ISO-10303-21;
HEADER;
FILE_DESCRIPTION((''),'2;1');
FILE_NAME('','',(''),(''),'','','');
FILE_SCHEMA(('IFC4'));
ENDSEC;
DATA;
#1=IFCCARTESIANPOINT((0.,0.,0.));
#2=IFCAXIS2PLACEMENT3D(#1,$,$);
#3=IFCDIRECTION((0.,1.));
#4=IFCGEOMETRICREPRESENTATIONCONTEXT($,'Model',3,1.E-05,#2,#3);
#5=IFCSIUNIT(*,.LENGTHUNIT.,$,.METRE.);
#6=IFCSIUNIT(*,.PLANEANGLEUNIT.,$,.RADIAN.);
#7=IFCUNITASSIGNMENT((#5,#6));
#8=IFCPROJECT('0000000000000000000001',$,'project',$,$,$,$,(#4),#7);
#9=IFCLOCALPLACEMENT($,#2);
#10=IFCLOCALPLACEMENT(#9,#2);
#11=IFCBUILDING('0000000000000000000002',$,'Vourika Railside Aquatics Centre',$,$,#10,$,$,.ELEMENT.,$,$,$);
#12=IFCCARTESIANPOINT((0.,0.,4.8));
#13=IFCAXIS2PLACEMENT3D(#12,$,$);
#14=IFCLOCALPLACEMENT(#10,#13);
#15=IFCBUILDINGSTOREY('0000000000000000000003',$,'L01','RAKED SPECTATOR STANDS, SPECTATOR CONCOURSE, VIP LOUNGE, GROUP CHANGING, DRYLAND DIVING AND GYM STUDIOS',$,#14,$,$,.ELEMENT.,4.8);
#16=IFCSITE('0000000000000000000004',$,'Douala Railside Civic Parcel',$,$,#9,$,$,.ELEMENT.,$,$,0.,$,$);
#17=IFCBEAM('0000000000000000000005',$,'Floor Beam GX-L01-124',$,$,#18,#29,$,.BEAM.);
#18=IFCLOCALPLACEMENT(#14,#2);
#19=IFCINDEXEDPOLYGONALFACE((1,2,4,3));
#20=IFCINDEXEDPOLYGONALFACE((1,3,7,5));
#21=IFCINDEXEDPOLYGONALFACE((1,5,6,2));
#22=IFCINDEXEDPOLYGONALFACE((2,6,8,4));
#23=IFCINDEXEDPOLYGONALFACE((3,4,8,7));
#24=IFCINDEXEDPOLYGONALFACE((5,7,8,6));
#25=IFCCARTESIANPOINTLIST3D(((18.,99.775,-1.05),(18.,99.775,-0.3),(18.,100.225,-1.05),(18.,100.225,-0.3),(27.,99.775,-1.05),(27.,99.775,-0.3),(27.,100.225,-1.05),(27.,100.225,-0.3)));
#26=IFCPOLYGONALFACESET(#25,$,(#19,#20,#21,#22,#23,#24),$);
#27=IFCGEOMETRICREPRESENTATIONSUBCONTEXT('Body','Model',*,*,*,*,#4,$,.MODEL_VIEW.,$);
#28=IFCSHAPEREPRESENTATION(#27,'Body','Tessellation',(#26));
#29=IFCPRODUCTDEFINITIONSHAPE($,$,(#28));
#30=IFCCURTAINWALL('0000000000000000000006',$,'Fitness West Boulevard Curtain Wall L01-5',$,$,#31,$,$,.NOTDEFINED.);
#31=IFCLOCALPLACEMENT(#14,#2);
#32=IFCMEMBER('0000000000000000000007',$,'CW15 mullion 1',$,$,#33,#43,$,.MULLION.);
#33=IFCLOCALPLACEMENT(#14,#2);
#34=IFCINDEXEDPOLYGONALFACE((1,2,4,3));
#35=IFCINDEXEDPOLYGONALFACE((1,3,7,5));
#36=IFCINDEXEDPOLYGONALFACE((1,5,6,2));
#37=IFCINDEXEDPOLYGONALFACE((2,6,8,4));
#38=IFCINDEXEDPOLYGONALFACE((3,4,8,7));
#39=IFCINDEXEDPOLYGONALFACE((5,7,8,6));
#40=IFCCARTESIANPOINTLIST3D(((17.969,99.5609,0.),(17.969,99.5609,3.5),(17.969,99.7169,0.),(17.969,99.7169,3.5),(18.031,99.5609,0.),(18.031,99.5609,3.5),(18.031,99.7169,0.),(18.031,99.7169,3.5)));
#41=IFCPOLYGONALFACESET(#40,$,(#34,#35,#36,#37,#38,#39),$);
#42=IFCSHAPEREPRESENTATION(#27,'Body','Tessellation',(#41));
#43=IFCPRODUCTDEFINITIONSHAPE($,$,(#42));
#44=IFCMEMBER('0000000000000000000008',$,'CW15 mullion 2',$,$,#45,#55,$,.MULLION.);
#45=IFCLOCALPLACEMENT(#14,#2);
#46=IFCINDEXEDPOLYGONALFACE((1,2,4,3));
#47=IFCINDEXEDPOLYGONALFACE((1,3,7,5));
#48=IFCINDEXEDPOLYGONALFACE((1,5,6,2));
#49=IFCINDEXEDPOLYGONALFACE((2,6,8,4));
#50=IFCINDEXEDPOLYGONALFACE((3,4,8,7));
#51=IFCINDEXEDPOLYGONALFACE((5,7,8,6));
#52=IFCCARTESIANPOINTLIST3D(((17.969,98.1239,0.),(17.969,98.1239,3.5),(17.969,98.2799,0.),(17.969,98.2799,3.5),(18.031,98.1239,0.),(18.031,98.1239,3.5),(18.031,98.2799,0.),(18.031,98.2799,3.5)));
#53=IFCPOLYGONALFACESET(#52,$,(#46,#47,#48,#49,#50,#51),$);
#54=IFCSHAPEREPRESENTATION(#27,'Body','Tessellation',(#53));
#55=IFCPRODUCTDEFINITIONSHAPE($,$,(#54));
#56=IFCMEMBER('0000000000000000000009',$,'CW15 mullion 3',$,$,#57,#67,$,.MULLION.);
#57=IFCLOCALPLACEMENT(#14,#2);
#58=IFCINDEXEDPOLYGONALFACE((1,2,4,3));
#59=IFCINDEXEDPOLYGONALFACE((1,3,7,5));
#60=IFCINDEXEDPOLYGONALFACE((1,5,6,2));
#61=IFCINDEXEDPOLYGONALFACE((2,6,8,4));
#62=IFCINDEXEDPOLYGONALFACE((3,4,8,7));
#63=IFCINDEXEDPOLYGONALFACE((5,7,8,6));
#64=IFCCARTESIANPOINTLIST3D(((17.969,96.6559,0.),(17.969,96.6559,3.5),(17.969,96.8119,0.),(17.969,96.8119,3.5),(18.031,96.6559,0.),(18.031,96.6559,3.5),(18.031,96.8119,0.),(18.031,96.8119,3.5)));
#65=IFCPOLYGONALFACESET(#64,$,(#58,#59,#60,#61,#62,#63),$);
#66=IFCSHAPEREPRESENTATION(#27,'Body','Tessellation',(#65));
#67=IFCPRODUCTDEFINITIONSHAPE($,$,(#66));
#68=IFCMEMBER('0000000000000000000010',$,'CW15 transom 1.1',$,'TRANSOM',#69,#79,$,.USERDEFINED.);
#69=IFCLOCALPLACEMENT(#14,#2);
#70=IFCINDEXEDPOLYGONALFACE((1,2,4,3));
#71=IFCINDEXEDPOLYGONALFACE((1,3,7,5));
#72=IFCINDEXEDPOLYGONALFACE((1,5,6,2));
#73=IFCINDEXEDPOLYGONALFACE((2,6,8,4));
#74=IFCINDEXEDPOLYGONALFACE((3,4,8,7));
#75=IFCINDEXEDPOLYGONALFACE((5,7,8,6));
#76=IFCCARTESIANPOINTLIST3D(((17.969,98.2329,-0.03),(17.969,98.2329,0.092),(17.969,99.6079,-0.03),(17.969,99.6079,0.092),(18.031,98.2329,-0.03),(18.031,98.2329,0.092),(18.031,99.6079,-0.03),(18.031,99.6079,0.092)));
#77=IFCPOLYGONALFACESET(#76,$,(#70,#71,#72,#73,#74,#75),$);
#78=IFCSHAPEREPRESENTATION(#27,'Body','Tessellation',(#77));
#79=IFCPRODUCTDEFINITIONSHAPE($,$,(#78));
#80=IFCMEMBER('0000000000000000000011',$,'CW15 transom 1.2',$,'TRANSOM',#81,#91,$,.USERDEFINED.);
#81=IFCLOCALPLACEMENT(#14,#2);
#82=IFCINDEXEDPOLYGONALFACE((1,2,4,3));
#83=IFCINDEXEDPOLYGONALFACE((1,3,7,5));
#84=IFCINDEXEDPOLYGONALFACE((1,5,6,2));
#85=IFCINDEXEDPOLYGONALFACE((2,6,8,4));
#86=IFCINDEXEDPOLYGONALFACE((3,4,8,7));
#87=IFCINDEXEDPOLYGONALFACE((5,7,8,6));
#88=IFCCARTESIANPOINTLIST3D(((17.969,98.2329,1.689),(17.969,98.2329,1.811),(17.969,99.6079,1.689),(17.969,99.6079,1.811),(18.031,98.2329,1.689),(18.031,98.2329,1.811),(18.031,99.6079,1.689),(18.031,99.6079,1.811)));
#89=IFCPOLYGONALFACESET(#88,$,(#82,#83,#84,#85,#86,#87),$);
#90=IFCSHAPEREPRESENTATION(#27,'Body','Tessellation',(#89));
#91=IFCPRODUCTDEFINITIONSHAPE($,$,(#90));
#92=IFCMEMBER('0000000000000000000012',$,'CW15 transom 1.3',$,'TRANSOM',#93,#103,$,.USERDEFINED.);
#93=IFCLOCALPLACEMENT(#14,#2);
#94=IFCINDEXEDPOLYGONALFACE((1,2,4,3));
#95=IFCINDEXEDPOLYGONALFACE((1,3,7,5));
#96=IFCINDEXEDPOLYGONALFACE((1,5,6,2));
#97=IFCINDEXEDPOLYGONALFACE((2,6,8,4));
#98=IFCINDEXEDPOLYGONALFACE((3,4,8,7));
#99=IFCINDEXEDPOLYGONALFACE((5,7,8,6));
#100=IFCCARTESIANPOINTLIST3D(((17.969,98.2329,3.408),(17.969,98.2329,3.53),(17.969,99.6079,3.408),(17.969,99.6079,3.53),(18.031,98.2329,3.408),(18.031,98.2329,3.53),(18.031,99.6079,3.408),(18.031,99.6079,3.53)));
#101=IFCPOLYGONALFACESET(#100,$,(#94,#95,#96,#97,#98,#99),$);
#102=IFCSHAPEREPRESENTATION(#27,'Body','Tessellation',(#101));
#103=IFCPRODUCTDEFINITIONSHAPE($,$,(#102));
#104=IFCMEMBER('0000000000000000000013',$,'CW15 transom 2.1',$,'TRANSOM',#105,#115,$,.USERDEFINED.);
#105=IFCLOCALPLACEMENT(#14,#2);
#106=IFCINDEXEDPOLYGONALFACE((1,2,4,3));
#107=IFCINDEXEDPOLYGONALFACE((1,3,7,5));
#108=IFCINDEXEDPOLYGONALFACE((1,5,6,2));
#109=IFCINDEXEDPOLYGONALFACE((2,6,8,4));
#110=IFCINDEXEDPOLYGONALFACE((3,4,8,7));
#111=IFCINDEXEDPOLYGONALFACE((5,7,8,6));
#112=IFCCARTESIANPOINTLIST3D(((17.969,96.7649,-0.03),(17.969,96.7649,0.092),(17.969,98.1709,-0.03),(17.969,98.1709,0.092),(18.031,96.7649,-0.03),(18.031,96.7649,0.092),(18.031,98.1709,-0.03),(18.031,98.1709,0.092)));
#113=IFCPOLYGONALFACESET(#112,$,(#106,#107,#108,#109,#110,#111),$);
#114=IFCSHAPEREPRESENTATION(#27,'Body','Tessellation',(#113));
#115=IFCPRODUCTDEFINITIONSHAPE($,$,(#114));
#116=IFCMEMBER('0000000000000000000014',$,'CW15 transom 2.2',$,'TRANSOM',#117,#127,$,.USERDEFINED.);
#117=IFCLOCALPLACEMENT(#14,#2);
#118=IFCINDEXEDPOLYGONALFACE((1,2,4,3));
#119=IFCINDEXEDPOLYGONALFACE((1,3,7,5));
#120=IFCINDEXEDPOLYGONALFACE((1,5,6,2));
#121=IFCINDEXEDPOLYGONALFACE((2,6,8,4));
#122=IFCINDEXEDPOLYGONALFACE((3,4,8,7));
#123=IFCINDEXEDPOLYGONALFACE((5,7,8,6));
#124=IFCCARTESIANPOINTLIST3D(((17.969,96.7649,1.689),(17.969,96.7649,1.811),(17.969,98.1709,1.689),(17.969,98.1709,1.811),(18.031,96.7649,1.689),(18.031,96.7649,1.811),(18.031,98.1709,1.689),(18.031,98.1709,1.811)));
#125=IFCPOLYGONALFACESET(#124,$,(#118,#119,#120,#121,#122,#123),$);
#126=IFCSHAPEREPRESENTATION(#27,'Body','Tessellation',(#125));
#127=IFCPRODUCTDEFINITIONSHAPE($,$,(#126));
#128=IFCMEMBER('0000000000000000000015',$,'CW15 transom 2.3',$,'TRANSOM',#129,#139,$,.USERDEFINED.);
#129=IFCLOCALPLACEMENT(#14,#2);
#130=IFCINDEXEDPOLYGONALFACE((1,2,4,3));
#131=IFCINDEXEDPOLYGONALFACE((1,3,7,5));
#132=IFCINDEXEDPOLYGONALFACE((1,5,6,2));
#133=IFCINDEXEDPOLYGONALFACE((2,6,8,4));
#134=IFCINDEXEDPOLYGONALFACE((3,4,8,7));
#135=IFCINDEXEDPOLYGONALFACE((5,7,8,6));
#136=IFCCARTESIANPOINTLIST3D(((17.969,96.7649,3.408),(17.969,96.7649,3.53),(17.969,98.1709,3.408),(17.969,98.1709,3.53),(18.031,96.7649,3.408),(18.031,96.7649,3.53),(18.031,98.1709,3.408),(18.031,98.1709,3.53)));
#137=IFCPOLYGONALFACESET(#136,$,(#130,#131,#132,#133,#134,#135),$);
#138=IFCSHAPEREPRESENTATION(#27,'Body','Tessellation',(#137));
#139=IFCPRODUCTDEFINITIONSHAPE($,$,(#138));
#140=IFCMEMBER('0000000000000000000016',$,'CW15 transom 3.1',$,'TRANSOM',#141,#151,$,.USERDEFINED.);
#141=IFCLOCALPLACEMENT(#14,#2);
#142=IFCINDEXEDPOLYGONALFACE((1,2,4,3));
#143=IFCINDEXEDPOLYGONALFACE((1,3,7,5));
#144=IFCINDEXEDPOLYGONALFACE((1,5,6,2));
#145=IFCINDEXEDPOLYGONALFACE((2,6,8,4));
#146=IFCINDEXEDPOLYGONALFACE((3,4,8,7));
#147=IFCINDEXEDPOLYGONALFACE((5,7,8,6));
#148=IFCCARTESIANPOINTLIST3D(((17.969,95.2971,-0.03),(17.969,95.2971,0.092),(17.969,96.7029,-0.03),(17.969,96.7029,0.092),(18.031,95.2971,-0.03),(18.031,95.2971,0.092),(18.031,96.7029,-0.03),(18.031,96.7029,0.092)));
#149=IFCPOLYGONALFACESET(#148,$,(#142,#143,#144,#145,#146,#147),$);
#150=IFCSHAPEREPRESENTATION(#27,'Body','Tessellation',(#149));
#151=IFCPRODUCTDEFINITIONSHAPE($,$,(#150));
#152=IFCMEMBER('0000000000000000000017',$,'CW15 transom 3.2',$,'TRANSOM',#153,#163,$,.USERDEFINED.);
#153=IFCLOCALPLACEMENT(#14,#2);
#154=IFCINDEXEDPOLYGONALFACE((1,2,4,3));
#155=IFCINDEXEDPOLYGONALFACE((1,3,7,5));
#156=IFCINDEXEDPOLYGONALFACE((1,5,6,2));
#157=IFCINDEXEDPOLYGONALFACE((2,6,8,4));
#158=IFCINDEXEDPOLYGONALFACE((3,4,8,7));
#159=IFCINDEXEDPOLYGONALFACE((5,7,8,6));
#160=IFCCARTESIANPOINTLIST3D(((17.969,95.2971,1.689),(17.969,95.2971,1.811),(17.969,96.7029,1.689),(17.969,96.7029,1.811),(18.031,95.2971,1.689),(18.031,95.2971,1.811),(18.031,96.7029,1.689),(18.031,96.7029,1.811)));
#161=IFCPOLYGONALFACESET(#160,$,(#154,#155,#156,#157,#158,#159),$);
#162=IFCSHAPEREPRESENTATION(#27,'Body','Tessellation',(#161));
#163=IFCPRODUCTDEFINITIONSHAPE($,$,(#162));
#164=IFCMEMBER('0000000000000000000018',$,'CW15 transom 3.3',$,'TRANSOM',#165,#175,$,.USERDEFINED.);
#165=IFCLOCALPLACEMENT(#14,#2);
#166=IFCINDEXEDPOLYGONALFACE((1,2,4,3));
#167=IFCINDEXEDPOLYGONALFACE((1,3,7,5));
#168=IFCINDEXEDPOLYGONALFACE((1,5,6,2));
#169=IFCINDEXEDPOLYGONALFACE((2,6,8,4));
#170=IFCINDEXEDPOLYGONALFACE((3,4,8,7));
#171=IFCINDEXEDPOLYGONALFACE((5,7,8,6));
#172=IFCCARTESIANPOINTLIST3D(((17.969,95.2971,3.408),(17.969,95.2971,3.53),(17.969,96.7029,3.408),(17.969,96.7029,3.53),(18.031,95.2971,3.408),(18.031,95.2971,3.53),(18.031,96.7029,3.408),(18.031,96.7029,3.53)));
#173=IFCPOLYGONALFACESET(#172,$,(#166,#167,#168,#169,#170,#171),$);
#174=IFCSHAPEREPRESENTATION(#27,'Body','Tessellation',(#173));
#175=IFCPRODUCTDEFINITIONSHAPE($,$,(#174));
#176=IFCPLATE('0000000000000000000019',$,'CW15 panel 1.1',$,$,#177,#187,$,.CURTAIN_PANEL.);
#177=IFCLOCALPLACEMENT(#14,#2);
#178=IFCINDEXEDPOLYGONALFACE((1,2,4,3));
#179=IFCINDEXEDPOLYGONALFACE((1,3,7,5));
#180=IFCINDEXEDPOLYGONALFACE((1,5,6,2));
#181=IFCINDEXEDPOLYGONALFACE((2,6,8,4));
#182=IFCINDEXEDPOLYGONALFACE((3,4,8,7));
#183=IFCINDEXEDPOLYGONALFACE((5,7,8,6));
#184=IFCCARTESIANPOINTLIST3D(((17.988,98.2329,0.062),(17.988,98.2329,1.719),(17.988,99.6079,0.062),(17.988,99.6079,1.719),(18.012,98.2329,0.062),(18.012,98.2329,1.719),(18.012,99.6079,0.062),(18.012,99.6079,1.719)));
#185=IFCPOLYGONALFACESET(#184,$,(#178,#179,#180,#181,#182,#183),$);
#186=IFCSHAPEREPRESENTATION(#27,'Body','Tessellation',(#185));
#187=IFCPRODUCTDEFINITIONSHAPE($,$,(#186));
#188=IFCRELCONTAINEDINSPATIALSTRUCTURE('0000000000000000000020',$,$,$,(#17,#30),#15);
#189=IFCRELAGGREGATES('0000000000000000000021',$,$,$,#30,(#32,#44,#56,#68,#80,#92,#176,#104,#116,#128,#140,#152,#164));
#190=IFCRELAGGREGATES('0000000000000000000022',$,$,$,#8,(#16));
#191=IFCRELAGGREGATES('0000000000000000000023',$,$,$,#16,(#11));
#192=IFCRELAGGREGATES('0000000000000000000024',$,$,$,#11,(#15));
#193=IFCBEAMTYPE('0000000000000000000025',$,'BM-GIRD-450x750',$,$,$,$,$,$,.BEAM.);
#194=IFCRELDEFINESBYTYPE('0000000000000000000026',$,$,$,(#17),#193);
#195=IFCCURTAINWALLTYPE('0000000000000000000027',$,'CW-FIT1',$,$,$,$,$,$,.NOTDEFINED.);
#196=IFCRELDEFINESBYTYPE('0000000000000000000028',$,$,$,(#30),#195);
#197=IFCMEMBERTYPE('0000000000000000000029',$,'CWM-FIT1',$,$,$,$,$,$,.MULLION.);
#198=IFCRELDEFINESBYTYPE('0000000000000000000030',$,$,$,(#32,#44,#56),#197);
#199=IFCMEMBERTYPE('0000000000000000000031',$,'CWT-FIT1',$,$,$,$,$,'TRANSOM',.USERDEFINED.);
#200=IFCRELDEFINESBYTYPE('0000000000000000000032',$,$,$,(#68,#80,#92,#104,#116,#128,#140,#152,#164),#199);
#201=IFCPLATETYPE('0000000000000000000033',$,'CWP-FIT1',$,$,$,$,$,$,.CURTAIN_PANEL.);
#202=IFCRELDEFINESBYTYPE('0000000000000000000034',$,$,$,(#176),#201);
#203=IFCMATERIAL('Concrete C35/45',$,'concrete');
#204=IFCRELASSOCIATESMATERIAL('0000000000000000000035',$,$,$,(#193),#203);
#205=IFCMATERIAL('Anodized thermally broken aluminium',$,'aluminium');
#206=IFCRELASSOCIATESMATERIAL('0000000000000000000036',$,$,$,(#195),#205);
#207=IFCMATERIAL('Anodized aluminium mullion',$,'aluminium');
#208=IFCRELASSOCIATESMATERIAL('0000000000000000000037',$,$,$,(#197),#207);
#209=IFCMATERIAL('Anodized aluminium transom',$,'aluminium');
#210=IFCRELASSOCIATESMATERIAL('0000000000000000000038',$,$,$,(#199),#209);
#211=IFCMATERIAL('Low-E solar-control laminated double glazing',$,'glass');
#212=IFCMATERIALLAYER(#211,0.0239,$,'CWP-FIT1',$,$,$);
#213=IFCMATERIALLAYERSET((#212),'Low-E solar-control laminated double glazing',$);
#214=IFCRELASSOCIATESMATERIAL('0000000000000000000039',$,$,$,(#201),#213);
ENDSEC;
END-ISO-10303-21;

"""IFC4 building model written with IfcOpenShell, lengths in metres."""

from ifc_helpers import new_model, si_unit, direction, frame, origin, origin_2d, place, context, subcontext, project, spatial, rectangle, extrude, material, layer, layer_set, material_profile, profile_set, type_object, element, aggregate, save


model = new_model("IFC4")

# Units and contexts
model_context = context("Model", 3, precision=1e-05, world=origin(), true_north=direction((0.0, 1.0)))
body_context = subcontext(model_context, "Body", "Model", "MODEL_VIEW")
ifc_project = project(units=[si_unit("LENGTHUNIT", "METRE"), si_unit("PLANEANGLEUNIT", "RADIAN")], contexts=[model_context])

# Site, building, storey
site_placement = place(None, origin())
site = spatial("IfcSite", under=ifc_project, at=site_placement, Name="Douala Railside Civic Parcel", CompositionType="ELEMENT", RefElevation=0.0)
building_placement = place(site_placement, origin())
building = spatial("IfcBuilding", under=site, at=building_placement, Name="Vourika Railside Aquatics Centre", CompositionType="ELEMENT")
storey_placement = place(building_placement, frame((0.0, 0.0, 4.8)))
storey = spatial("IfcBuildingStorey", under=building, at=storey_placement, Name="L01", Description="RAKED SPECTATOR STANDS, SPECTATOR CONCOURSE, VIP LOUNGE, GROUP CHANGING, DRYLAND DIVING AND GYM STUDIOS", CompositionType="ELEMENT", Elevation=4.8)

# Beam
ifc_material_1 = material(Name="Concrete C35/45", Category="concrete")
ifc_material_profile_1 = material_profile(ifc_material_1, rectangle(XDim=0.45, YDim=0.75, at=origin_2d()), Name="RC 450x750")
ifc_profile_set_1 = profile_set([ifc_material_profile_1], Name="Concrete C35/45")
beam_type = type_object("IfcBeamType", Name="BM-GIRD-450x750", PredefinedType="BEAM", material=ifc_profile_set_1)
beam_placement = place(storey_placement, frame((18.0, 100.0, -0.675), z_axis=(1.0, 0.0, 0.0), x_axis=(0.0, 1.0, 0.0)))
element("IfcBeam", 1, at=beam_placement, inside=storey, type_object=beam_type, Name="Floor Beam GX-L01-124", PredefinedType="BEAM", context=body_context, shape_type="SweptSolid", body=[
    extrude(rectangle(XDim=0.45, YDim=0.75, at=origin_2d()), origin(), (0.0, 0.0, 1.0), 9.0),
])

# Curtain wall, members, plate
ifc_material_2 = material(Name="Anodized thermally broken aluminium", Category="aluminium")
curtain_wall_type = type_object("IfcCurtainWallType", Name="CW-FIT1", PredefinedType="NOTDEFINED", material=ifc_material_2)
curtain_wall_placement = place(storey_placement, origin())
curtain_wall = element("IfcCurtainWall", 2, at=curtain_wall_placement, inside=storey, type_object=curtain_wall_type, Name="Fitness West Boulevard Curtain Wall L01-5", PredefinedType="NOTDEFINED")
ifc_material_3 = material(Name="Anodized aluminium mullion", Category="aluminium")
ifc_material_profile_2 = material_profile(ifc_material_3, rectangle(XDim=0.062, YDim=0.156, at=origin_2d()), Name="ALU-M 62x156")
ifc_profile_set_2 = profile_set([ifc_material_profile_2], Name="Anodized aluminium mullion")
member_type_1 = type_object("IfcMemberType", Name="CWM-FIT1", PredefinedType="MULLION", material=ifc_profile_set_2)
member_1_placement = place(storey_placement, frame((18.0, 99.6389, 0.0), z_axis=(0.0, 0.0, 1.0), x_axis=(1.0, 0.0, 0.0)))
member_1 = element("IfcMember", 3, at=member_1_placement, type_object=member_type_1, Name="CW15 mullion 1", PredefinedType="MULLION", context=body_context, shape_type="SweptSolid", body=[
    extrude(rectangle(XDim=0.062, YDim=0.156, at=origin_2d()), origin(), (0.0, 0.0, 1.0), 3.5),
])
member_2_placement = place(storey_placement, frame((18.0, 98.2019, 0.0), z_axis=(0.0, 0.0, 1.0), x_axis=(1.0, 0.0, 0.0)))
member_2 = element("IfcMember", 4, at=member_2_placement, type_object=member_type_1, Name="CW15 mullion 2", PredefinedType="MULLION", context=body_context, shape_type="SweptSolid", body=[
    extrude(rectangle(XDim=0.062, YDim=0.156, at=origin_2d()), origin(), (0.0, 0.0, 1.0), 3.5),
])
member_3_placement = place(storey_placement, frame((18.0, 96.7339, 0.0), z_axis=(0.0, 0.0, 1.0), x_axis=(1.0, 0.0, 0.0)))
member_3 = element("IfcMember", 5, at=member_3_placement, type_object=member_type_1, Name="CW15 mullion 3", PredefinedType="MULLION", context=body_context, shape_type="SweptSolid", body=[
    extrude(rectangle(XDim=0.062, YDim=0.156, at=origin_2d()), origin(), (0.0, 0.0, 1.0), 3.5),
])
ifc_material_4 = material(Name="Anodized aluminium transom", Category="aluminium")
ifc_material_profile_3 = material_profile(ifc_material_4, rectangle(XDim=0.062, YDim=0.1221, at=origin_2d()), Name="ALU-T 62x122")
ifc_profile_set_3 = profile_set([ifc_material_profile_3], Name="Anodized aluminium transom")
member_type_2 = type_object("IfcMemberType", Name="CWT-FIT1", ElementType="TRANSOM", PredefinedType="USERDEFINED", material=ifc_profile_set_3)
member_4_placement = place(storey_placement, frame((18.0, 99.6079, 0.031), z_axis=(0.0, -1.0, 0.0), x_axis=(1.0, 0.0, 0.0)))
member_4 = element("IfcMember", 6, at=member_4_placement, type_object=member_type_2, Name="CW15 transom 1.1", ObjectType="TRANSOM", PredefinedType="USERDEFINED", context=body_context, shape_type="SweptSolid", body=[
    extrude(rectangle(XDim=0.062, YDim=0.1221, at=origin_2d()), origin(), (0.0, 0.0, 1.0), 1.375),
])
member_5_placement = place(storey_placement, frame((18.0, 99.6079, 1.75), z_axis=(0.0, -1.0, 0.0), x_axis=(1.0, 0.0, 0.0)))
member_5 = element("IfcMember", 7, at=member_5_placement, type_object=member_type_2, Name="CW15 transom 1.2", ObjectType="TRANSOM", PredefinedType="USERDEFINED", context=body_context, shape_type="SweptSolid", body=[
    extrude(rectangle(XDim=0.062, YDim=0.1221, at=origin_2d()), origin(), (0.0, 0.0, 1.0), 1.375),
])
member_6_placement = place(storey_placement, frame((18.0, 99.6079, 3.469), z_axis=(0.0, -1.0, 0.0), x_axis=(1.0, 0.0, 0.0)))
member_6 = element("IfcMember", 8, at=member_6_placement, type_object=member_type_2, Name="CW15 transom 1.3", ObjectType="TRANSOM", PredefinedType="USERDEFINED", context=body_context, shape_type="SweptSolid", body=[
    extrude(rectangle(XDim=0.062, YDim=0.1221, at=origin_2d()), origin(), (0.0, 0.0, 1.0), 1.375),
])
member_7_placement = place(storey_placement, frame((18.0, 98.1709, 0.031), z_axis=(0.0, -1.0, 0.0), x_axis=(1.0, 0.0, 0.0)))
member_7 = element("IfcMember", 9, at=member_7_placement, type_object=member_type_2, Name="CW15 transom 2.1", ObjectType="TRANSOM", PredefinedType="USERDEFINED", context=body_context, shape_type="SweptSolid", body=[
    extrude(rectangle(XDim=0.062, YDim=0.1221, at=origin_2d()), origin(), (0.0, 0.0, 1.0), 1.406),
])
member_8_placement = place(storey_placement, frame((18.0, 98.1709, 1.75), z_axis=(0.0, -1.0, 0.0), x_axis=(1.0, 0.0, 0.0)))
member_8 = element("IfcMember", 10, at=member_8_placement, type_object=member_type_2, Name="CW15 transom 2.2", ObjectType="TRANSOM", PredefinedType="USERDEFINED", context=body_context, shape_type="SweptSolid", body=[
    extrude(rectangle(XDim=0.062, YDim=0.1221, at=origin_2d()), origin(), (0.0, 0.0, 1.0), 1.406),
])
member_9_placement = place(storey_placement, frame((18.0, 98.1709, 3.469), z_axis=(0.0, -1.0, 0.0), x_axis=(1.0, 0.0, 0.0)))
member_9 = element("IfcMember", 11, at=member_9_placement, type_object=member_type_2, Name="CW15 transom 2.3", ObjectType="TRANSOM", PredefinedType="USERDEFINED", context=body_context, shape_type="SweptSolid", body=[
    extrude(rectangle(XDim=0.062, YDim=0.1221, at=origin_2d()), origin(), (0.0, 0.0, 1.0), 1.406),
])
member_10_placement = place(storey_placement, frame((18.0, 96.7029, 0.031), z_axis=(0.0, -1.0, 0.0), x_axis=(1.0, 0.0, 0.0)))
member_10 = element("IfcMember", 12, at=member_10_placement, type_object=member_type_2, Name="CW15 transom 3.1", ObjectType="TRANSOM", PredefinedType="USERDEFINED", context=body_context, shape_type="SweptSolid", body=[
    extrude(rectangle(XDim=0.062, YDim=0.1221, at=origin_2d()), origin(), (0.0, 0.0, 1.0), 1.4058),
])
member_11_placement = place(storey_placement, frame((18.0, 96.7029, 1.75), z_axis=(0.0, -1.0, 0.0), x_axis=(1.0, 0.0, 0.0)))
member_11 = element("IfcMember", 13, at=member_11_placement, type_object=member_type_2, Name="CW15 transom 3.2", ObjectType="TRANSOM", PredefinedType="USERDEFINED", context=body_context, shape_type="SweptSolid", body=[
    extrude(rectangle(XDim=0.062, YDim=0.1221, at=origin_2d()), origin(), (0.0, 0.0, 1.0), 1.4058),
])
member_12_placement = place(storey_placement, frame((18.0, 96.7029, 3.469), z_axis=(0.0, -1.0, 0.0), x_axis=(1.0, 0.0, 0.0)))
member_12 = element("IfcMember", 14, at=member_12_placement, type_object=member_type_2, Name="CW15 transom 3.3", ObjectType="TRANSOM", PredefinedType="USERDEFINED", context=body_context, shape_type="SweptSolid", body=[
    extrude(rectangle(XDim=0.062, YDim=0.1221, at=origin_2d()), origin(), (0.0, 0.0, 1.0), 1.4058),
])
ifc_material_5 = material(Name="Low-E solar-control laminated double glazing", Category="glass")
ifc_layer_1 = layer(ifc_material_5, 0.0239, Name="CWP-FIT1")
ifc_layer_set_1 = layer_set([ifc_layer_1], Name="Low-E solar-control laminated double glazing")
plate_type = type_object("IfcPlateType", Name="CWP-FIT1", PredefinedType="CURTAIN_PANEL", material=ifc_layer_set_1)
plate_1_placement = place(storey_placement, frame((18.0, 98.9204, 0.062), z_axis=(0.0, 0.0, 1.0), x_axis=(0.0, -1.0, 0.0)))
plate_1 = element("IfcPlate", 15, at=plate_1_placement, type_object=plate_type, Name="CW15 panel 1.1", PredefinedType="CURTAIN_PANEL", context=body_context, shape_type="SweptSolid", body=[
    extrude(rectangle(XDim=1.375, YDim=0.0239, at=origin_2d()), origin(), (0.0, 0.0, 1.0), 1.657),
])
aggregate(curtain_wall, [member_1, member_2, member_3, member_4, member_5, member_6, plate_1, member_7, member_8, member_9, member_10, member_11, member_12])

save(model, "model.ifc")
